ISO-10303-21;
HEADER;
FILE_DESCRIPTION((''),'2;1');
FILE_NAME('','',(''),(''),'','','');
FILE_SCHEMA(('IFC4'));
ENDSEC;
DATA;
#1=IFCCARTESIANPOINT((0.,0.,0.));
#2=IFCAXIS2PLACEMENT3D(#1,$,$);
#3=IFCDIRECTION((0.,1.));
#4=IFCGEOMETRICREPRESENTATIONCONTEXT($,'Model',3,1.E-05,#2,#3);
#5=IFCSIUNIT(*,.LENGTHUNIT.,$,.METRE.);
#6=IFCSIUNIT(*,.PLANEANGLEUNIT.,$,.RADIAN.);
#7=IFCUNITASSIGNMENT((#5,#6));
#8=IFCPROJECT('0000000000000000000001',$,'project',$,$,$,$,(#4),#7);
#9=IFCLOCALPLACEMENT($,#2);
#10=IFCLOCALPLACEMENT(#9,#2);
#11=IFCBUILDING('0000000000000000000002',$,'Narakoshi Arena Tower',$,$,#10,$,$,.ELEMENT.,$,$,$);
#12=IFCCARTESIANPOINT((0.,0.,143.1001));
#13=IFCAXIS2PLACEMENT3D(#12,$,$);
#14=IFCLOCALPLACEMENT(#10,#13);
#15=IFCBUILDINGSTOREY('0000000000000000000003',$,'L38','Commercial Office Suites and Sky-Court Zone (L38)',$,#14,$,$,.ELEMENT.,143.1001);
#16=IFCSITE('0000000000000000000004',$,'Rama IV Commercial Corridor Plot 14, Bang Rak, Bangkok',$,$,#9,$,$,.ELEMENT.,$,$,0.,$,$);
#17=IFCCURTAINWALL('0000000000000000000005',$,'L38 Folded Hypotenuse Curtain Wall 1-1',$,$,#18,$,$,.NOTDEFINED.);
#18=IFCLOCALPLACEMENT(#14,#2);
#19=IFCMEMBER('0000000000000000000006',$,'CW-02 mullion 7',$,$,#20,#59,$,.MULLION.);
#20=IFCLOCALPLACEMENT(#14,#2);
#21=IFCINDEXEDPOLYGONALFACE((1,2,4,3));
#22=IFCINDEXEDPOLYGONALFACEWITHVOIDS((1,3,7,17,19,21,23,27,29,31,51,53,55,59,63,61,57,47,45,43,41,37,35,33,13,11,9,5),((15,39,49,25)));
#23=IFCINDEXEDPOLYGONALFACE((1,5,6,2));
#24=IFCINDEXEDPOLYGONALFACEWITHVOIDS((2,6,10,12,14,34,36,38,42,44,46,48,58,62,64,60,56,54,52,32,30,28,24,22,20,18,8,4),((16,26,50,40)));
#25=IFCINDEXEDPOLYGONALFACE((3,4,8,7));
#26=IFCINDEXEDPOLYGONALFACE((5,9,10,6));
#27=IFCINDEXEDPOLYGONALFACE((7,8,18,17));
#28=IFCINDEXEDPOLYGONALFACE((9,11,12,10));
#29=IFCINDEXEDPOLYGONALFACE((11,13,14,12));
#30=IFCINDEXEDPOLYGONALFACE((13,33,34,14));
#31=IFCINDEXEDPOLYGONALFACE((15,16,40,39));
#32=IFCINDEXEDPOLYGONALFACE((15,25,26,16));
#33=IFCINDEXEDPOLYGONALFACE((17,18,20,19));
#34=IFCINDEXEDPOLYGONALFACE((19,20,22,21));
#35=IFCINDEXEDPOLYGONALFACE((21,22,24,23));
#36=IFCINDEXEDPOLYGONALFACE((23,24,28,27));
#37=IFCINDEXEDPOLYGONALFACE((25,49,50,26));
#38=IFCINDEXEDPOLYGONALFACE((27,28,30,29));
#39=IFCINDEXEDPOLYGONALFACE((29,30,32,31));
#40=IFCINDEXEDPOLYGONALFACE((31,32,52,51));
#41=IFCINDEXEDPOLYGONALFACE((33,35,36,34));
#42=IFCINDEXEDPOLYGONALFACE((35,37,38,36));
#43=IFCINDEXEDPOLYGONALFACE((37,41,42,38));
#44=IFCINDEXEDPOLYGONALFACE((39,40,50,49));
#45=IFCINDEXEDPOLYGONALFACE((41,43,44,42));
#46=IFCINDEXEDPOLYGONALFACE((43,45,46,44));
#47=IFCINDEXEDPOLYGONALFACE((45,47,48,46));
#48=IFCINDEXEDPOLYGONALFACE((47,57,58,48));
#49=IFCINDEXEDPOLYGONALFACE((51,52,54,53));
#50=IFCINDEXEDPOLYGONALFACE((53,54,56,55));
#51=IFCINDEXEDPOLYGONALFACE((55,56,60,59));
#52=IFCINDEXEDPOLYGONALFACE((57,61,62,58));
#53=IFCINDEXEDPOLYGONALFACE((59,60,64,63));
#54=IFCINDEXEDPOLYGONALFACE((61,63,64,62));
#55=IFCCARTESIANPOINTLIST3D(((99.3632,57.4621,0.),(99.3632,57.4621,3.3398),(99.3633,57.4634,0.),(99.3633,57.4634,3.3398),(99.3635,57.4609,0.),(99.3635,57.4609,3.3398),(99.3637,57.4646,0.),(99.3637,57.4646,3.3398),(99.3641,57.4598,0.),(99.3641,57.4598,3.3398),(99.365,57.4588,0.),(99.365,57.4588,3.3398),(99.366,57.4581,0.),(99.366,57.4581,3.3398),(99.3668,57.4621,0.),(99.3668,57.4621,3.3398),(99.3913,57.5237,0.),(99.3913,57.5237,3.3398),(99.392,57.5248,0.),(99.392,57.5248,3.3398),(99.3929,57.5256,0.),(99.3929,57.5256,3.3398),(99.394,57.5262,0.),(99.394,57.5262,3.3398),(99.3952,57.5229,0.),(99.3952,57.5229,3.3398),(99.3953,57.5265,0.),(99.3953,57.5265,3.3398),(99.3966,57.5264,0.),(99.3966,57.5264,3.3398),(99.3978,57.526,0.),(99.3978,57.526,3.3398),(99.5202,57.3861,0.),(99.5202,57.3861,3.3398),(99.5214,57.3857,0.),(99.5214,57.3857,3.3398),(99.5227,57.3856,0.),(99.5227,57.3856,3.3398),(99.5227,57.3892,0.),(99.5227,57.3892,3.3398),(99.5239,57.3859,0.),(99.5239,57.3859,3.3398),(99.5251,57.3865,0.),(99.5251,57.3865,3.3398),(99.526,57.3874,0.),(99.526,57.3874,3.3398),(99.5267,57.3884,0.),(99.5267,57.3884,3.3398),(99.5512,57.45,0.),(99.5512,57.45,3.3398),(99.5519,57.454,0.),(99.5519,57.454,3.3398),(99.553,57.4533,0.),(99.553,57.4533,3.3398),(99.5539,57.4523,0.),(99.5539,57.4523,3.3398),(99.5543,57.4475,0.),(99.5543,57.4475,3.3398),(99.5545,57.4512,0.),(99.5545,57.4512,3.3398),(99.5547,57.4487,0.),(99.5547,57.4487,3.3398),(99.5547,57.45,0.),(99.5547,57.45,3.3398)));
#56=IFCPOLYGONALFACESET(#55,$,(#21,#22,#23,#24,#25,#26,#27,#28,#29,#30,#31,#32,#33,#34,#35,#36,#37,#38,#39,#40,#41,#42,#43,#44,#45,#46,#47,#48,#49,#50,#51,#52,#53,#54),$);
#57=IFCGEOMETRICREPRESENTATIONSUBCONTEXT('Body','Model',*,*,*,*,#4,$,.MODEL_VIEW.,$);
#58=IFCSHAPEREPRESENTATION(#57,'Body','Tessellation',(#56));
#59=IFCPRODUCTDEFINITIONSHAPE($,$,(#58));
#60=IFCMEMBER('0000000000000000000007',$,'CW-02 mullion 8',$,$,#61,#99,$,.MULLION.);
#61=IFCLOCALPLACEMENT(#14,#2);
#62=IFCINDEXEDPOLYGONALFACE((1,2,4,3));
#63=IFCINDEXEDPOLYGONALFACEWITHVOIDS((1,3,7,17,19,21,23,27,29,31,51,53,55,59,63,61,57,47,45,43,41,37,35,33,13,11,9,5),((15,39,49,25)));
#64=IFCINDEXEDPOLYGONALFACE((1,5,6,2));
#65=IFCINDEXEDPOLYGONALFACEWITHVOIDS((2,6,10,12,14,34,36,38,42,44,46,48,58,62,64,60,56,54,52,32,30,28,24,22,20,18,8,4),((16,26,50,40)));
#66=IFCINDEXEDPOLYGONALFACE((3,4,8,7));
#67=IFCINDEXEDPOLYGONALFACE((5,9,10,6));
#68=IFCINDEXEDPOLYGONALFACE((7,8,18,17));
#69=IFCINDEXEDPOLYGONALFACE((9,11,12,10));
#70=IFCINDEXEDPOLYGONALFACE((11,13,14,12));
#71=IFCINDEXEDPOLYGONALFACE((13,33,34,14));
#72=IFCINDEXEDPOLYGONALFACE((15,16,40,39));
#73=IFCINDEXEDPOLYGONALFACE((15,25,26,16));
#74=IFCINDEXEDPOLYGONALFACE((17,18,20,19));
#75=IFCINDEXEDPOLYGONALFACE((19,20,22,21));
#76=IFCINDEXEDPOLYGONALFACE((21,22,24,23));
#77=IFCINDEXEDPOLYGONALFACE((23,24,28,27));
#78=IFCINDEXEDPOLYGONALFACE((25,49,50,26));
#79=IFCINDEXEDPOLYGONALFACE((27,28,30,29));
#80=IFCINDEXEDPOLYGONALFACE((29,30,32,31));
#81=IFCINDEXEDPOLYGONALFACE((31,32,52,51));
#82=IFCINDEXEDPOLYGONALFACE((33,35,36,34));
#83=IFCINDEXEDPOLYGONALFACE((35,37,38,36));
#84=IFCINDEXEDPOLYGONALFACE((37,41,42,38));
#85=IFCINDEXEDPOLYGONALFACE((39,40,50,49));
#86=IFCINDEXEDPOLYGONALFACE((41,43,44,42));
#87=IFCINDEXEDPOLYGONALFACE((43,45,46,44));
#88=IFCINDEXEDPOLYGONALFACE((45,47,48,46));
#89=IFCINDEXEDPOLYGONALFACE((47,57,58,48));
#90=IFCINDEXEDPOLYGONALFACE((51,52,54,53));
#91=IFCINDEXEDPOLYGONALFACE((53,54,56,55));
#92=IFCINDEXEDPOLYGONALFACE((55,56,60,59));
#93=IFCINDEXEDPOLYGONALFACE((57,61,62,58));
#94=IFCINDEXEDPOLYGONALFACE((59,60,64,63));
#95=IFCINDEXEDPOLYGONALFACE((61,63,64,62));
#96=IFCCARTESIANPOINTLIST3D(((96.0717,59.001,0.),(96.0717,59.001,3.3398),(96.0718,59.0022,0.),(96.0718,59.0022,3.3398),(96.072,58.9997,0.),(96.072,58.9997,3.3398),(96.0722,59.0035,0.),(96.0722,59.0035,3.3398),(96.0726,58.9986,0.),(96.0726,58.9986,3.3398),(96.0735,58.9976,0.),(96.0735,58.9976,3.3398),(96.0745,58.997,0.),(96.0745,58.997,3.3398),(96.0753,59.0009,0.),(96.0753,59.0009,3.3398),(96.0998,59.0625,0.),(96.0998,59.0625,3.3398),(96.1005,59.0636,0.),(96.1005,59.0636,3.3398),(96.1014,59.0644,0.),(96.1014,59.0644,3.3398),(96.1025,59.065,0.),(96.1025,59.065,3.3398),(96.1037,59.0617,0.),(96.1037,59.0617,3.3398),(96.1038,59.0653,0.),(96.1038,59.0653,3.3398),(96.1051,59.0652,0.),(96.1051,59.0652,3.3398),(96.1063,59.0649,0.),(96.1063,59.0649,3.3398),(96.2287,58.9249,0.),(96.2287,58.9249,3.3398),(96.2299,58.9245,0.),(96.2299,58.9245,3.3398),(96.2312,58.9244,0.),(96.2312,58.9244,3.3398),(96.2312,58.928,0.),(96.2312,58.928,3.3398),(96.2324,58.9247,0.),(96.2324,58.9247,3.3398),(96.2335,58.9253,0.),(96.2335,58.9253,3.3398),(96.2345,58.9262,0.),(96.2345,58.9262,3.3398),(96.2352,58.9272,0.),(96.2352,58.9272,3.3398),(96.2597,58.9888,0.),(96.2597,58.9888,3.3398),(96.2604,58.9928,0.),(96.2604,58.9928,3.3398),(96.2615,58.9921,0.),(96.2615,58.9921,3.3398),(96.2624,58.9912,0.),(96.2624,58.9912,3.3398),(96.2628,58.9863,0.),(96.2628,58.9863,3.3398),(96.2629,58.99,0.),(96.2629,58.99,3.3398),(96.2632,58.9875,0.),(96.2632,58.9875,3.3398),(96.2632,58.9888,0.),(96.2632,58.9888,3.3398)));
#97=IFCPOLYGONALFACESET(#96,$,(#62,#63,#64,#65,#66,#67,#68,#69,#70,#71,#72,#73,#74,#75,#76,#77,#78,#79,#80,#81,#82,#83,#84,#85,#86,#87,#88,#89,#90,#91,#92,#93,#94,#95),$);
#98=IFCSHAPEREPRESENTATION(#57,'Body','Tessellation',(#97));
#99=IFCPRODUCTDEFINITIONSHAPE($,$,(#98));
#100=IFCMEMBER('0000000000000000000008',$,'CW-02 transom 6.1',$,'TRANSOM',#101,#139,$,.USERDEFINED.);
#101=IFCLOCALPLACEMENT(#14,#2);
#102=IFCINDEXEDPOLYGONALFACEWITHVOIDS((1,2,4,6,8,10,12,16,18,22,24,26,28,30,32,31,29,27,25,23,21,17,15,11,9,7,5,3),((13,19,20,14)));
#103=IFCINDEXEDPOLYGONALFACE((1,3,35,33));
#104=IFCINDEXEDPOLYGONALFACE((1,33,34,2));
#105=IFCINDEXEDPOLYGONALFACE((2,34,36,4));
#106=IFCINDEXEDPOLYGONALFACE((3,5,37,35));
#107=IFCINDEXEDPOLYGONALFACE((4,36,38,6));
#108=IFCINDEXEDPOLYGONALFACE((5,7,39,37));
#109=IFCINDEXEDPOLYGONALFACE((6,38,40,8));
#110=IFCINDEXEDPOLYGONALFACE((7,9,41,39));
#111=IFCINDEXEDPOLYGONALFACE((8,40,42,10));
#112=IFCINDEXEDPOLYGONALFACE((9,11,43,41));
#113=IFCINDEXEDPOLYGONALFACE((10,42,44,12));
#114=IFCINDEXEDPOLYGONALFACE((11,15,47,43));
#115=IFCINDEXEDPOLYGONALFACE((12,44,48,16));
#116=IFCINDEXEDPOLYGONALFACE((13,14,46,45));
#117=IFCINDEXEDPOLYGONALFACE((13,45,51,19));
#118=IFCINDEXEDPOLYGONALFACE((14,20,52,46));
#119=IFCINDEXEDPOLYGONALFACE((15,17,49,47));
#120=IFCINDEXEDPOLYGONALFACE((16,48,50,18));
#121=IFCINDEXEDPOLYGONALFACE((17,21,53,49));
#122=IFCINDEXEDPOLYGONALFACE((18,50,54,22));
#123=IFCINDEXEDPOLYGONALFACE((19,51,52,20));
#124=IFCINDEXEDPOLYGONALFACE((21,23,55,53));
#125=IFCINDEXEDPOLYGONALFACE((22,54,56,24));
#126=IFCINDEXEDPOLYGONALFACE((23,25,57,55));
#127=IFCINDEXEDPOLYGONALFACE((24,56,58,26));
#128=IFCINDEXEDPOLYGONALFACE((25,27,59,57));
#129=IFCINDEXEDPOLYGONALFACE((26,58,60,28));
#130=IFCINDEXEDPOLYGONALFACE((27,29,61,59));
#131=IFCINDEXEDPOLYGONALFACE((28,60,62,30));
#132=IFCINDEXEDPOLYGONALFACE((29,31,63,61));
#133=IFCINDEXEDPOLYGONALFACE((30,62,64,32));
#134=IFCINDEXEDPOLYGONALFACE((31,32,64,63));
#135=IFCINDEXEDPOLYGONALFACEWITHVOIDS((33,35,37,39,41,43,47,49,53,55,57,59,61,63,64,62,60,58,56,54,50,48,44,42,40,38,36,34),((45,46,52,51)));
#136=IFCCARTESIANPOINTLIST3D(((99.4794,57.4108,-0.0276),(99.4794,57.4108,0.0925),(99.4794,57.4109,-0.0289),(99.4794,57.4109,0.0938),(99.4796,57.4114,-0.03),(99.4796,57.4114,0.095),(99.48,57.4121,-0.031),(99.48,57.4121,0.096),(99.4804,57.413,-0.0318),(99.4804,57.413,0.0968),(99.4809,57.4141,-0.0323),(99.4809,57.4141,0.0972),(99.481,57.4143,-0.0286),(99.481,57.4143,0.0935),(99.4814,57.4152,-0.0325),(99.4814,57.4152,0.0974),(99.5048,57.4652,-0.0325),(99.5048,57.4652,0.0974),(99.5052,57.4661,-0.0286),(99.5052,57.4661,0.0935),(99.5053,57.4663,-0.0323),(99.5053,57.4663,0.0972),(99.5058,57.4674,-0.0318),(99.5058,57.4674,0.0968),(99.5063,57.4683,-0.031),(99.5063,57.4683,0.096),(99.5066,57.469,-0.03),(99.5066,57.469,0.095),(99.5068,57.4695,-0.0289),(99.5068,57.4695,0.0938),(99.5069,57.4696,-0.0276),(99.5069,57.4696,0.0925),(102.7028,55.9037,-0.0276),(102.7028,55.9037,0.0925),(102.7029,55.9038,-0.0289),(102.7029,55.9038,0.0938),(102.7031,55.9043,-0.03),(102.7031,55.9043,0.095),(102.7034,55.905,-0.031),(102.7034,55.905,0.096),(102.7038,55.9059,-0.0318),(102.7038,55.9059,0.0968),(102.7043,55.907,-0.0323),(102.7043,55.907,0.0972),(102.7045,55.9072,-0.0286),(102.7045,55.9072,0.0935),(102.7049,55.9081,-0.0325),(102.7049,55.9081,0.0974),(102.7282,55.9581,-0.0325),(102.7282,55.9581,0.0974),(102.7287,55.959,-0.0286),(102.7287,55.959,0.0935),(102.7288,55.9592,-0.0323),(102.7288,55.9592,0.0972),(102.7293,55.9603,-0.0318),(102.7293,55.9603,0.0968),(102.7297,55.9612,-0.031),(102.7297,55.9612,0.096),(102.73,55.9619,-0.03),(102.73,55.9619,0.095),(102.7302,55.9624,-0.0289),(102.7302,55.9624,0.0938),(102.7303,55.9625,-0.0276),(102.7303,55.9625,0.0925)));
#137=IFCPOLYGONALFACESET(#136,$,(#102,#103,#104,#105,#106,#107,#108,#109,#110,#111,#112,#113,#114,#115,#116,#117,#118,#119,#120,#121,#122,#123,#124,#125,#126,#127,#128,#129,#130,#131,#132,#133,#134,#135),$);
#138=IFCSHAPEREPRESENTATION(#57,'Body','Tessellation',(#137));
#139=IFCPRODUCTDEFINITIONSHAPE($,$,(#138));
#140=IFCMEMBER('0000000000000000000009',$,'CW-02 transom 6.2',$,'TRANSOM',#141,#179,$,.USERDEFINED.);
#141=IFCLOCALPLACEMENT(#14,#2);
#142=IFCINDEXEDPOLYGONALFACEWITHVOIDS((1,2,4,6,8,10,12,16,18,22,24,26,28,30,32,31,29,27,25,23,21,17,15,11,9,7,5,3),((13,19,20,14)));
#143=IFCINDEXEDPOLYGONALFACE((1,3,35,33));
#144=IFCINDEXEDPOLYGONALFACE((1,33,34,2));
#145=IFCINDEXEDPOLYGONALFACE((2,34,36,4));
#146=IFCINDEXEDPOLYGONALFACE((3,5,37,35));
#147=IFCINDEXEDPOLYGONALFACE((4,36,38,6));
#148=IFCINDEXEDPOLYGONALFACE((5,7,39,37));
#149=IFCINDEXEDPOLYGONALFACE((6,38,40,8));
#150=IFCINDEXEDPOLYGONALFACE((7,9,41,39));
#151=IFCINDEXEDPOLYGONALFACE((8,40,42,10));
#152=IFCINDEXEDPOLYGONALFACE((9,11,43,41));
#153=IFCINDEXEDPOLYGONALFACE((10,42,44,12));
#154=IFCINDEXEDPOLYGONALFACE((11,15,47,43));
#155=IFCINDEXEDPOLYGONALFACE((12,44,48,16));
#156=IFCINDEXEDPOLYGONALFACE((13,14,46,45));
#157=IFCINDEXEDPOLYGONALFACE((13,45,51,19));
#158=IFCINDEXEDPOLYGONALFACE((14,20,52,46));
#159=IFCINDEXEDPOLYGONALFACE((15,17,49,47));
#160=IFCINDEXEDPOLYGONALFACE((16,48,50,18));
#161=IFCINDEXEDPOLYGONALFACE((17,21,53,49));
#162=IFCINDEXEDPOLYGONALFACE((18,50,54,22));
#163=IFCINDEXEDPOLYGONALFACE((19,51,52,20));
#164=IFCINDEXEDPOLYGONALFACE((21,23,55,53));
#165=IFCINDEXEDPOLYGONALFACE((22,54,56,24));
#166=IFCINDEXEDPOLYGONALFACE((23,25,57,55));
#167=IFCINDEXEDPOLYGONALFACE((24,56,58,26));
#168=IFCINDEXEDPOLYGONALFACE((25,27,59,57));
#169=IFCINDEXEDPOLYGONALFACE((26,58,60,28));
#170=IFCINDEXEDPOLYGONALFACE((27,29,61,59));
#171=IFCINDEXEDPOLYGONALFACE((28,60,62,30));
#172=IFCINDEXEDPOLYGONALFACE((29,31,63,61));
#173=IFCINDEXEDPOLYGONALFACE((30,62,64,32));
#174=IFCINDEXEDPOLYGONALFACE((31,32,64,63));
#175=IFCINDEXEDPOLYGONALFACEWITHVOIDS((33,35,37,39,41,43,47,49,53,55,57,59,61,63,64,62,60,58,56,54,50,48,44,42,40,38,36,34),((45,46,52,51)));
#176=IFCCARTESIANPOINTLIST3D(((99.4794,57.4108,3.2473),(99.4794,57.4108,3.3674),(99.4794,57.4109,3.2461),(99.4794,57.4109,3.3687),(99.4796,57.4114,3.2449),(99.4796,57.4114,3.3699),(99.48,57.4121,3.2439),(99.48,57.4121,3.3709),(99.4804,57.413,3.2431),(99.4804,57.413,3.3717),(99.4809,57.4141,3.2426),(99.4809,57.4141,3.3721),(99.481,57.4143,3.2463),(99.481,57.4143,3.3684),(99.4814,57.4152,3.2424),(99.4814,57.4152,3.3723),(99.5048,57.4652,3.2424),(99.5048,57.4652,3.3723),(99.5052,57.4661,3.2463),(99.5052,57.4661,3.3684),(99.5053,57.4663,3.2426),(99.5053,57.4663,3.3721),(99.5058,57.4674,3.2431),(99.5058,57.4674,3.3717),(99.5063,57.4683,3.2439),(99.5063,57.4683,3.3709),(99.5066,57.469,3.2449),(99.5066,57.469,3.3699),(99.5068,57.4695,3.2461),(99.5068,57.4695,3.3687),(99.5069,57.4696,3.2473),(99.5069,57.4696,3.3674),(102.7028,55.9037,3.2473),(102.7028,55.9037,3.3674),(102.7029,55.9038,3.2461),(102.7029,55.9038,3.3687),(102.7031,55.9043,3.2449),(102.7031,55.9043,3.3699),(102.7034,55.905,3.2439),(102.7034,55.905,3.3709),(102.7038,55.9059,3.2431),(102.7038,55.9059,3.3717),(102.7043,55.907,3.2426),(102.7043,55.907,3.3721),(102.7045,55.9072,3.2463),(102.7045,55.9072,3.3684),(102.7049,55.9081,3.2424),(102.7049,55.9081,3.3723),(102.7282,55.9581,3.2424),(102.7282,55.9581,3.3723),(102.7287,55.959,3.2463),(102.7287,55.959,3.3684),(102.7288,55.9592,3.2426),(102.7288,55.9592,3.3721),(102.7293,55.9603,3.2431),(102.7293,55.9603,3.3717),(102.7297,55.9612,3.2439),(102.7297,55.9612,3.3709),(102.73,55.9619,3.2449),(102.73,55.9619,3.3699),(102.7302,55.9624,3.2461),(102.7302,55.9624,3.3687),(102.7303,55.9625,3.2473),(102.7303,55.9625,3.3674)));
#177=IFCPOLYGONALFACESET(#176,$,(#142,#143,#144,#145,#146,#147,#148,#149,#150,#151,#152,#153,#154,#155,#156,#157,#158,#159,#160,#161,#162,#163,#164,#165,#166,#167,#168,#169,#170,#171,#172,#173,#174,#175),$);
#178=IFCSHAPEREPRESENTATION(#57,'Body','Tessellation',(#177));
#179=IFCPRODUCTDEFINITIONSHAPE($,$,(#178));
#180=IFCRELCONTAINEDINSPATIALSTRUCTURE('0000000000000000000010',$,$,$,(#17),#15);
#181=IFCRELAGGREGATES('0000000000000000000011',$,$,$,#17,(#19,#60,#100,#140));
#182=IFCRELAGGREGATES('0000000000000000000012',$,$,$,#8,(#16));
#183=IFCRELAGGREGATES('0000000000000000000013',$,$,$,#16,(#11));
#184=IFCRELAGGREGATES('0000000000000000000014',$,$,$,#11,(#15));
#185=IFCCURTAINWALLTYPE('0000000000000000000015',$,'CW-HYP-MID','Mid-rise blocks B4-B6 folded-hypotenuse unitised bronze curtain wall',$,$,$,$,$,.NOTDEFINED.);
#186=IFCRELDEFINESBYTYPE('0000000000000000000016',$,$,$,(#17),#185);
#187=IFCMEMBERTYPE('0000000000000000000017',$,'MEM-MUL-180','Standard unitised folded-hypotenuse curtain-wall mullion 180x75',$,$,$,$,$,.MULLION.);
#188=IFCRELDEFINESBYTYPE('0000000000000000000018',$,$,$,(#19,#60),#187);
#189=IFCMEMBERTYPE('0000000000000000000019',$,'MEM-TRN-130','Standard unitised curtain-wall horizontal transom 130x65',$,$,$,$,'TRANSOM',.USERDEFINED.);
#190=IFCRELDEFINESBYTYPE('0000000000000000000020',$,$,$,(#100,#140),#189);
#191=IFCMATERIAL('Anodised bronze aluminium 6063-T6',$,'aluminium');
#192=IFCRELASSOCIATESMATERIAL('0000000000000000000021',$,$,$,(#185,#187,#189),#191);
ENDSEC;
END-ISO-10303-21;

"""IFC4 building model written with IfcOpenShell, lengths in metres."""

from ifc_helpers import new_model, si_unit, direction, frame, origin, origin_2d, place, context, subcontext, project, spatial, hollow_rectangle, extrude, material, material_profile, profile_set, type_object, element, aggregate, save


model = new_model("IFC4")

# Units and contexts
model_context = context("Model", 3, precision=1e-05, world=origin(), true_north=direction((0.0, 1.0)))
body_context = subcontext(model_context, "Body", "Model", "MODEL_VIEW")
ifc_project = project(units=[si_unit("LENGTHUNIT", "METRE"), si_unit("PLANEANGLEUNIT", "RADIAN")], contexts=[model_context])

# Site, building, storey
site_placement = place(None, origin())
site = spatial("IfcSite", under=ifc_project, at=site_placement, Name="Rama IV Commercial Corridor Plot 14, Bang Rak, Bangkok", CompositionType="ELEMENT", RefElevation=0.0)
building_placement = place(site_placement, origin())
building = spatial("IfcBuilding", under=site, at=building_placement, Name="Narakoshi Arena Tower", CompositionType="ELEMENT")
storey_placement = place(building_placement, frame((0.0, 0.0, 143.1001)))
storey = spatial("IfcBuildingStorey", under=building, at=storey_placement, Name="L38", Description="Commercial Office Suites and Sky-Court Zone (L38)", CompositionType="ELEMENT", Elevation=143.1001)

# Curtain wall, members
ifc_material_1 = material(Name="Anodised bronze aluminium 6063-T6", Category="aluminium")
curtain_wall_type = type_object("IfcCurtainWallType", Name="CW-HYP-MID", Description="Mid-rise blocks B4-B6 folded-hypotenuse unitised bronze curtain wall", PredefinedType="NOTDEFINED", material=ifc_material_1)
curtain_wall_placement = place(storey_placement, origin())
curtain_wall = element("IfcCurtainWall", 1, at=curtain_wall_placement, inside=storey, type_object=curtain_wall_type, Name="L38 Folded Hypotenuse Curtain Wall 1-1", PredefinedType="NOTDEFINED")
ifc_material_profile_1 = material_profile(ifc_material_1, hollow_rectangle(XDim=0.075, YDim=0.1799, WallThickness=0.0039, OuterFilletRadius=0.0049, at=origin_2d()), Name="MUL180x75x4")
ifc_profile_set_1 = profile_set([ifc_material_profile_1], Name="Anodised bronze aluminium 6063-T6")
member_type_1 = type_object("IfcMemberType", Name="MEM-MUL-180", Description="Standard unitised folded-hypotenuse curtain-wall mullion 180x75", PredefinedType="MULLION", material=ifc_profile_set_1)
member_1_placement = place(storey_placement, frame((99.459, 57.4561, 0.0), z_axis=(0.0, 0.0, 1.0), x_axis=(-0.423532, -0.905881, 0.0)))
member_1 = element("IfcMember", 2, at=member_1_placement, type_object=member_type_1, Name="CW-02 mullion 7", PredefinedType="MULLION", context=body_context, shape_type="SweptSolid", body=[
    extrude(hollow_rectangle(XDim=0.075, YDim=0.1799, WallThickness=0.0039, OuterFilletRadius=0.0049, at=origin_2d()), origin(), (0.0, 0.0, 1.0), 3.3398),
])
member_2_placement = place(storey_placement, frame((96.1675, 58.9949, 0.0), z_axis=(0.0, 0.0, 1.0), x_axis=(-0.423532, -0.905881, 0.0)))
member_2 = element("IfcMember", 3, at=member_2_placement, type_object=member_type_1, Name="CW-02 mullion 8", PredefinedType="MULLION", context=body_context, shape_type="SweptSolid", body=[
    extrude(hollow_rectangle(XDim=0.075, YDim=0.1799, WallThickness=0.0039, OuterFilletRadius=0.0049, at=origin_2d()), origin(), (0.0, 0.0, 1.0), 3.3398),
])
ifc_material_profile_2 = material_profile(ifc_material_1, hollow_rectangle(XDim=0.0649, YDim=0.1299, WallThickness=0.0039, OuterFilletRadius=0.0049, at=origin_2d()), Name="TRN130x65x4")
ifc_profile_set_2 = profile_set([ifc_material_profile_2], Name="Anodised bronze aluminium 6063-T6")
member_type_2 = type_object("IfcMemberType", Name="MEM-TRN-130", Description="Standard unitised curtain-wall horizontal transom 130x65", ElementType="TRANSOM", PredefinedType="USERDEFINED", material=ifc_profile_set_2)
member_3_placement = place(storey_placement, frame((102.7166, 55.9331, 0.0325), z_axis=(-0.905878, 0.423539, 0.0), x_axis=(-0.423539, -0.905878, 0.0)))
member_3 = element("IfcMember", 4, at=member_3_placement, type_object=member_type_2, Name="CW-02 transom 6.1", ObjectType="TRANSOM", PredefinedType="USERDEFINED", context=body_context, shape_type="SweptSolid", body=[
    extrude(hollow_rectangle(XDim=0.0649, YDim=0.1299, WallThickness=0.0039, OuterFilletRadius=0.0049, at=origin_2d()), origin(), (0.0, 0.0, 1.0), 3.5583),
])
member_4_placement = place(storey_placement, frame((102.7166, 55.9331, 3.3074), z_axis=(-0.905878, 0.423539, 0.0), x_axis=(-0.423539, -0.905878, 0.0)))
member_4 = element("IfcMember", 5, at=member_4_placement, type_object=member_type_2, Name="CW-02 transom 6.2", ObjectType="TRANSOM", PredefinedType="USERDEFINED", context=body_context, shape_type="SweptSolid", body=[
    extrude(hollow_rectangle(XDim=0.0649, YDim=0.1299, WallThickness=0.0039, OuterFilletRadius=0.0049, at=origin_2d()), origin(), (0.0, 0.0, 1.0), 3.5583),
])
aggregate(curtain_wall, [member_1, member_2, member_3, member_4])

save(model, "model.ifc")
